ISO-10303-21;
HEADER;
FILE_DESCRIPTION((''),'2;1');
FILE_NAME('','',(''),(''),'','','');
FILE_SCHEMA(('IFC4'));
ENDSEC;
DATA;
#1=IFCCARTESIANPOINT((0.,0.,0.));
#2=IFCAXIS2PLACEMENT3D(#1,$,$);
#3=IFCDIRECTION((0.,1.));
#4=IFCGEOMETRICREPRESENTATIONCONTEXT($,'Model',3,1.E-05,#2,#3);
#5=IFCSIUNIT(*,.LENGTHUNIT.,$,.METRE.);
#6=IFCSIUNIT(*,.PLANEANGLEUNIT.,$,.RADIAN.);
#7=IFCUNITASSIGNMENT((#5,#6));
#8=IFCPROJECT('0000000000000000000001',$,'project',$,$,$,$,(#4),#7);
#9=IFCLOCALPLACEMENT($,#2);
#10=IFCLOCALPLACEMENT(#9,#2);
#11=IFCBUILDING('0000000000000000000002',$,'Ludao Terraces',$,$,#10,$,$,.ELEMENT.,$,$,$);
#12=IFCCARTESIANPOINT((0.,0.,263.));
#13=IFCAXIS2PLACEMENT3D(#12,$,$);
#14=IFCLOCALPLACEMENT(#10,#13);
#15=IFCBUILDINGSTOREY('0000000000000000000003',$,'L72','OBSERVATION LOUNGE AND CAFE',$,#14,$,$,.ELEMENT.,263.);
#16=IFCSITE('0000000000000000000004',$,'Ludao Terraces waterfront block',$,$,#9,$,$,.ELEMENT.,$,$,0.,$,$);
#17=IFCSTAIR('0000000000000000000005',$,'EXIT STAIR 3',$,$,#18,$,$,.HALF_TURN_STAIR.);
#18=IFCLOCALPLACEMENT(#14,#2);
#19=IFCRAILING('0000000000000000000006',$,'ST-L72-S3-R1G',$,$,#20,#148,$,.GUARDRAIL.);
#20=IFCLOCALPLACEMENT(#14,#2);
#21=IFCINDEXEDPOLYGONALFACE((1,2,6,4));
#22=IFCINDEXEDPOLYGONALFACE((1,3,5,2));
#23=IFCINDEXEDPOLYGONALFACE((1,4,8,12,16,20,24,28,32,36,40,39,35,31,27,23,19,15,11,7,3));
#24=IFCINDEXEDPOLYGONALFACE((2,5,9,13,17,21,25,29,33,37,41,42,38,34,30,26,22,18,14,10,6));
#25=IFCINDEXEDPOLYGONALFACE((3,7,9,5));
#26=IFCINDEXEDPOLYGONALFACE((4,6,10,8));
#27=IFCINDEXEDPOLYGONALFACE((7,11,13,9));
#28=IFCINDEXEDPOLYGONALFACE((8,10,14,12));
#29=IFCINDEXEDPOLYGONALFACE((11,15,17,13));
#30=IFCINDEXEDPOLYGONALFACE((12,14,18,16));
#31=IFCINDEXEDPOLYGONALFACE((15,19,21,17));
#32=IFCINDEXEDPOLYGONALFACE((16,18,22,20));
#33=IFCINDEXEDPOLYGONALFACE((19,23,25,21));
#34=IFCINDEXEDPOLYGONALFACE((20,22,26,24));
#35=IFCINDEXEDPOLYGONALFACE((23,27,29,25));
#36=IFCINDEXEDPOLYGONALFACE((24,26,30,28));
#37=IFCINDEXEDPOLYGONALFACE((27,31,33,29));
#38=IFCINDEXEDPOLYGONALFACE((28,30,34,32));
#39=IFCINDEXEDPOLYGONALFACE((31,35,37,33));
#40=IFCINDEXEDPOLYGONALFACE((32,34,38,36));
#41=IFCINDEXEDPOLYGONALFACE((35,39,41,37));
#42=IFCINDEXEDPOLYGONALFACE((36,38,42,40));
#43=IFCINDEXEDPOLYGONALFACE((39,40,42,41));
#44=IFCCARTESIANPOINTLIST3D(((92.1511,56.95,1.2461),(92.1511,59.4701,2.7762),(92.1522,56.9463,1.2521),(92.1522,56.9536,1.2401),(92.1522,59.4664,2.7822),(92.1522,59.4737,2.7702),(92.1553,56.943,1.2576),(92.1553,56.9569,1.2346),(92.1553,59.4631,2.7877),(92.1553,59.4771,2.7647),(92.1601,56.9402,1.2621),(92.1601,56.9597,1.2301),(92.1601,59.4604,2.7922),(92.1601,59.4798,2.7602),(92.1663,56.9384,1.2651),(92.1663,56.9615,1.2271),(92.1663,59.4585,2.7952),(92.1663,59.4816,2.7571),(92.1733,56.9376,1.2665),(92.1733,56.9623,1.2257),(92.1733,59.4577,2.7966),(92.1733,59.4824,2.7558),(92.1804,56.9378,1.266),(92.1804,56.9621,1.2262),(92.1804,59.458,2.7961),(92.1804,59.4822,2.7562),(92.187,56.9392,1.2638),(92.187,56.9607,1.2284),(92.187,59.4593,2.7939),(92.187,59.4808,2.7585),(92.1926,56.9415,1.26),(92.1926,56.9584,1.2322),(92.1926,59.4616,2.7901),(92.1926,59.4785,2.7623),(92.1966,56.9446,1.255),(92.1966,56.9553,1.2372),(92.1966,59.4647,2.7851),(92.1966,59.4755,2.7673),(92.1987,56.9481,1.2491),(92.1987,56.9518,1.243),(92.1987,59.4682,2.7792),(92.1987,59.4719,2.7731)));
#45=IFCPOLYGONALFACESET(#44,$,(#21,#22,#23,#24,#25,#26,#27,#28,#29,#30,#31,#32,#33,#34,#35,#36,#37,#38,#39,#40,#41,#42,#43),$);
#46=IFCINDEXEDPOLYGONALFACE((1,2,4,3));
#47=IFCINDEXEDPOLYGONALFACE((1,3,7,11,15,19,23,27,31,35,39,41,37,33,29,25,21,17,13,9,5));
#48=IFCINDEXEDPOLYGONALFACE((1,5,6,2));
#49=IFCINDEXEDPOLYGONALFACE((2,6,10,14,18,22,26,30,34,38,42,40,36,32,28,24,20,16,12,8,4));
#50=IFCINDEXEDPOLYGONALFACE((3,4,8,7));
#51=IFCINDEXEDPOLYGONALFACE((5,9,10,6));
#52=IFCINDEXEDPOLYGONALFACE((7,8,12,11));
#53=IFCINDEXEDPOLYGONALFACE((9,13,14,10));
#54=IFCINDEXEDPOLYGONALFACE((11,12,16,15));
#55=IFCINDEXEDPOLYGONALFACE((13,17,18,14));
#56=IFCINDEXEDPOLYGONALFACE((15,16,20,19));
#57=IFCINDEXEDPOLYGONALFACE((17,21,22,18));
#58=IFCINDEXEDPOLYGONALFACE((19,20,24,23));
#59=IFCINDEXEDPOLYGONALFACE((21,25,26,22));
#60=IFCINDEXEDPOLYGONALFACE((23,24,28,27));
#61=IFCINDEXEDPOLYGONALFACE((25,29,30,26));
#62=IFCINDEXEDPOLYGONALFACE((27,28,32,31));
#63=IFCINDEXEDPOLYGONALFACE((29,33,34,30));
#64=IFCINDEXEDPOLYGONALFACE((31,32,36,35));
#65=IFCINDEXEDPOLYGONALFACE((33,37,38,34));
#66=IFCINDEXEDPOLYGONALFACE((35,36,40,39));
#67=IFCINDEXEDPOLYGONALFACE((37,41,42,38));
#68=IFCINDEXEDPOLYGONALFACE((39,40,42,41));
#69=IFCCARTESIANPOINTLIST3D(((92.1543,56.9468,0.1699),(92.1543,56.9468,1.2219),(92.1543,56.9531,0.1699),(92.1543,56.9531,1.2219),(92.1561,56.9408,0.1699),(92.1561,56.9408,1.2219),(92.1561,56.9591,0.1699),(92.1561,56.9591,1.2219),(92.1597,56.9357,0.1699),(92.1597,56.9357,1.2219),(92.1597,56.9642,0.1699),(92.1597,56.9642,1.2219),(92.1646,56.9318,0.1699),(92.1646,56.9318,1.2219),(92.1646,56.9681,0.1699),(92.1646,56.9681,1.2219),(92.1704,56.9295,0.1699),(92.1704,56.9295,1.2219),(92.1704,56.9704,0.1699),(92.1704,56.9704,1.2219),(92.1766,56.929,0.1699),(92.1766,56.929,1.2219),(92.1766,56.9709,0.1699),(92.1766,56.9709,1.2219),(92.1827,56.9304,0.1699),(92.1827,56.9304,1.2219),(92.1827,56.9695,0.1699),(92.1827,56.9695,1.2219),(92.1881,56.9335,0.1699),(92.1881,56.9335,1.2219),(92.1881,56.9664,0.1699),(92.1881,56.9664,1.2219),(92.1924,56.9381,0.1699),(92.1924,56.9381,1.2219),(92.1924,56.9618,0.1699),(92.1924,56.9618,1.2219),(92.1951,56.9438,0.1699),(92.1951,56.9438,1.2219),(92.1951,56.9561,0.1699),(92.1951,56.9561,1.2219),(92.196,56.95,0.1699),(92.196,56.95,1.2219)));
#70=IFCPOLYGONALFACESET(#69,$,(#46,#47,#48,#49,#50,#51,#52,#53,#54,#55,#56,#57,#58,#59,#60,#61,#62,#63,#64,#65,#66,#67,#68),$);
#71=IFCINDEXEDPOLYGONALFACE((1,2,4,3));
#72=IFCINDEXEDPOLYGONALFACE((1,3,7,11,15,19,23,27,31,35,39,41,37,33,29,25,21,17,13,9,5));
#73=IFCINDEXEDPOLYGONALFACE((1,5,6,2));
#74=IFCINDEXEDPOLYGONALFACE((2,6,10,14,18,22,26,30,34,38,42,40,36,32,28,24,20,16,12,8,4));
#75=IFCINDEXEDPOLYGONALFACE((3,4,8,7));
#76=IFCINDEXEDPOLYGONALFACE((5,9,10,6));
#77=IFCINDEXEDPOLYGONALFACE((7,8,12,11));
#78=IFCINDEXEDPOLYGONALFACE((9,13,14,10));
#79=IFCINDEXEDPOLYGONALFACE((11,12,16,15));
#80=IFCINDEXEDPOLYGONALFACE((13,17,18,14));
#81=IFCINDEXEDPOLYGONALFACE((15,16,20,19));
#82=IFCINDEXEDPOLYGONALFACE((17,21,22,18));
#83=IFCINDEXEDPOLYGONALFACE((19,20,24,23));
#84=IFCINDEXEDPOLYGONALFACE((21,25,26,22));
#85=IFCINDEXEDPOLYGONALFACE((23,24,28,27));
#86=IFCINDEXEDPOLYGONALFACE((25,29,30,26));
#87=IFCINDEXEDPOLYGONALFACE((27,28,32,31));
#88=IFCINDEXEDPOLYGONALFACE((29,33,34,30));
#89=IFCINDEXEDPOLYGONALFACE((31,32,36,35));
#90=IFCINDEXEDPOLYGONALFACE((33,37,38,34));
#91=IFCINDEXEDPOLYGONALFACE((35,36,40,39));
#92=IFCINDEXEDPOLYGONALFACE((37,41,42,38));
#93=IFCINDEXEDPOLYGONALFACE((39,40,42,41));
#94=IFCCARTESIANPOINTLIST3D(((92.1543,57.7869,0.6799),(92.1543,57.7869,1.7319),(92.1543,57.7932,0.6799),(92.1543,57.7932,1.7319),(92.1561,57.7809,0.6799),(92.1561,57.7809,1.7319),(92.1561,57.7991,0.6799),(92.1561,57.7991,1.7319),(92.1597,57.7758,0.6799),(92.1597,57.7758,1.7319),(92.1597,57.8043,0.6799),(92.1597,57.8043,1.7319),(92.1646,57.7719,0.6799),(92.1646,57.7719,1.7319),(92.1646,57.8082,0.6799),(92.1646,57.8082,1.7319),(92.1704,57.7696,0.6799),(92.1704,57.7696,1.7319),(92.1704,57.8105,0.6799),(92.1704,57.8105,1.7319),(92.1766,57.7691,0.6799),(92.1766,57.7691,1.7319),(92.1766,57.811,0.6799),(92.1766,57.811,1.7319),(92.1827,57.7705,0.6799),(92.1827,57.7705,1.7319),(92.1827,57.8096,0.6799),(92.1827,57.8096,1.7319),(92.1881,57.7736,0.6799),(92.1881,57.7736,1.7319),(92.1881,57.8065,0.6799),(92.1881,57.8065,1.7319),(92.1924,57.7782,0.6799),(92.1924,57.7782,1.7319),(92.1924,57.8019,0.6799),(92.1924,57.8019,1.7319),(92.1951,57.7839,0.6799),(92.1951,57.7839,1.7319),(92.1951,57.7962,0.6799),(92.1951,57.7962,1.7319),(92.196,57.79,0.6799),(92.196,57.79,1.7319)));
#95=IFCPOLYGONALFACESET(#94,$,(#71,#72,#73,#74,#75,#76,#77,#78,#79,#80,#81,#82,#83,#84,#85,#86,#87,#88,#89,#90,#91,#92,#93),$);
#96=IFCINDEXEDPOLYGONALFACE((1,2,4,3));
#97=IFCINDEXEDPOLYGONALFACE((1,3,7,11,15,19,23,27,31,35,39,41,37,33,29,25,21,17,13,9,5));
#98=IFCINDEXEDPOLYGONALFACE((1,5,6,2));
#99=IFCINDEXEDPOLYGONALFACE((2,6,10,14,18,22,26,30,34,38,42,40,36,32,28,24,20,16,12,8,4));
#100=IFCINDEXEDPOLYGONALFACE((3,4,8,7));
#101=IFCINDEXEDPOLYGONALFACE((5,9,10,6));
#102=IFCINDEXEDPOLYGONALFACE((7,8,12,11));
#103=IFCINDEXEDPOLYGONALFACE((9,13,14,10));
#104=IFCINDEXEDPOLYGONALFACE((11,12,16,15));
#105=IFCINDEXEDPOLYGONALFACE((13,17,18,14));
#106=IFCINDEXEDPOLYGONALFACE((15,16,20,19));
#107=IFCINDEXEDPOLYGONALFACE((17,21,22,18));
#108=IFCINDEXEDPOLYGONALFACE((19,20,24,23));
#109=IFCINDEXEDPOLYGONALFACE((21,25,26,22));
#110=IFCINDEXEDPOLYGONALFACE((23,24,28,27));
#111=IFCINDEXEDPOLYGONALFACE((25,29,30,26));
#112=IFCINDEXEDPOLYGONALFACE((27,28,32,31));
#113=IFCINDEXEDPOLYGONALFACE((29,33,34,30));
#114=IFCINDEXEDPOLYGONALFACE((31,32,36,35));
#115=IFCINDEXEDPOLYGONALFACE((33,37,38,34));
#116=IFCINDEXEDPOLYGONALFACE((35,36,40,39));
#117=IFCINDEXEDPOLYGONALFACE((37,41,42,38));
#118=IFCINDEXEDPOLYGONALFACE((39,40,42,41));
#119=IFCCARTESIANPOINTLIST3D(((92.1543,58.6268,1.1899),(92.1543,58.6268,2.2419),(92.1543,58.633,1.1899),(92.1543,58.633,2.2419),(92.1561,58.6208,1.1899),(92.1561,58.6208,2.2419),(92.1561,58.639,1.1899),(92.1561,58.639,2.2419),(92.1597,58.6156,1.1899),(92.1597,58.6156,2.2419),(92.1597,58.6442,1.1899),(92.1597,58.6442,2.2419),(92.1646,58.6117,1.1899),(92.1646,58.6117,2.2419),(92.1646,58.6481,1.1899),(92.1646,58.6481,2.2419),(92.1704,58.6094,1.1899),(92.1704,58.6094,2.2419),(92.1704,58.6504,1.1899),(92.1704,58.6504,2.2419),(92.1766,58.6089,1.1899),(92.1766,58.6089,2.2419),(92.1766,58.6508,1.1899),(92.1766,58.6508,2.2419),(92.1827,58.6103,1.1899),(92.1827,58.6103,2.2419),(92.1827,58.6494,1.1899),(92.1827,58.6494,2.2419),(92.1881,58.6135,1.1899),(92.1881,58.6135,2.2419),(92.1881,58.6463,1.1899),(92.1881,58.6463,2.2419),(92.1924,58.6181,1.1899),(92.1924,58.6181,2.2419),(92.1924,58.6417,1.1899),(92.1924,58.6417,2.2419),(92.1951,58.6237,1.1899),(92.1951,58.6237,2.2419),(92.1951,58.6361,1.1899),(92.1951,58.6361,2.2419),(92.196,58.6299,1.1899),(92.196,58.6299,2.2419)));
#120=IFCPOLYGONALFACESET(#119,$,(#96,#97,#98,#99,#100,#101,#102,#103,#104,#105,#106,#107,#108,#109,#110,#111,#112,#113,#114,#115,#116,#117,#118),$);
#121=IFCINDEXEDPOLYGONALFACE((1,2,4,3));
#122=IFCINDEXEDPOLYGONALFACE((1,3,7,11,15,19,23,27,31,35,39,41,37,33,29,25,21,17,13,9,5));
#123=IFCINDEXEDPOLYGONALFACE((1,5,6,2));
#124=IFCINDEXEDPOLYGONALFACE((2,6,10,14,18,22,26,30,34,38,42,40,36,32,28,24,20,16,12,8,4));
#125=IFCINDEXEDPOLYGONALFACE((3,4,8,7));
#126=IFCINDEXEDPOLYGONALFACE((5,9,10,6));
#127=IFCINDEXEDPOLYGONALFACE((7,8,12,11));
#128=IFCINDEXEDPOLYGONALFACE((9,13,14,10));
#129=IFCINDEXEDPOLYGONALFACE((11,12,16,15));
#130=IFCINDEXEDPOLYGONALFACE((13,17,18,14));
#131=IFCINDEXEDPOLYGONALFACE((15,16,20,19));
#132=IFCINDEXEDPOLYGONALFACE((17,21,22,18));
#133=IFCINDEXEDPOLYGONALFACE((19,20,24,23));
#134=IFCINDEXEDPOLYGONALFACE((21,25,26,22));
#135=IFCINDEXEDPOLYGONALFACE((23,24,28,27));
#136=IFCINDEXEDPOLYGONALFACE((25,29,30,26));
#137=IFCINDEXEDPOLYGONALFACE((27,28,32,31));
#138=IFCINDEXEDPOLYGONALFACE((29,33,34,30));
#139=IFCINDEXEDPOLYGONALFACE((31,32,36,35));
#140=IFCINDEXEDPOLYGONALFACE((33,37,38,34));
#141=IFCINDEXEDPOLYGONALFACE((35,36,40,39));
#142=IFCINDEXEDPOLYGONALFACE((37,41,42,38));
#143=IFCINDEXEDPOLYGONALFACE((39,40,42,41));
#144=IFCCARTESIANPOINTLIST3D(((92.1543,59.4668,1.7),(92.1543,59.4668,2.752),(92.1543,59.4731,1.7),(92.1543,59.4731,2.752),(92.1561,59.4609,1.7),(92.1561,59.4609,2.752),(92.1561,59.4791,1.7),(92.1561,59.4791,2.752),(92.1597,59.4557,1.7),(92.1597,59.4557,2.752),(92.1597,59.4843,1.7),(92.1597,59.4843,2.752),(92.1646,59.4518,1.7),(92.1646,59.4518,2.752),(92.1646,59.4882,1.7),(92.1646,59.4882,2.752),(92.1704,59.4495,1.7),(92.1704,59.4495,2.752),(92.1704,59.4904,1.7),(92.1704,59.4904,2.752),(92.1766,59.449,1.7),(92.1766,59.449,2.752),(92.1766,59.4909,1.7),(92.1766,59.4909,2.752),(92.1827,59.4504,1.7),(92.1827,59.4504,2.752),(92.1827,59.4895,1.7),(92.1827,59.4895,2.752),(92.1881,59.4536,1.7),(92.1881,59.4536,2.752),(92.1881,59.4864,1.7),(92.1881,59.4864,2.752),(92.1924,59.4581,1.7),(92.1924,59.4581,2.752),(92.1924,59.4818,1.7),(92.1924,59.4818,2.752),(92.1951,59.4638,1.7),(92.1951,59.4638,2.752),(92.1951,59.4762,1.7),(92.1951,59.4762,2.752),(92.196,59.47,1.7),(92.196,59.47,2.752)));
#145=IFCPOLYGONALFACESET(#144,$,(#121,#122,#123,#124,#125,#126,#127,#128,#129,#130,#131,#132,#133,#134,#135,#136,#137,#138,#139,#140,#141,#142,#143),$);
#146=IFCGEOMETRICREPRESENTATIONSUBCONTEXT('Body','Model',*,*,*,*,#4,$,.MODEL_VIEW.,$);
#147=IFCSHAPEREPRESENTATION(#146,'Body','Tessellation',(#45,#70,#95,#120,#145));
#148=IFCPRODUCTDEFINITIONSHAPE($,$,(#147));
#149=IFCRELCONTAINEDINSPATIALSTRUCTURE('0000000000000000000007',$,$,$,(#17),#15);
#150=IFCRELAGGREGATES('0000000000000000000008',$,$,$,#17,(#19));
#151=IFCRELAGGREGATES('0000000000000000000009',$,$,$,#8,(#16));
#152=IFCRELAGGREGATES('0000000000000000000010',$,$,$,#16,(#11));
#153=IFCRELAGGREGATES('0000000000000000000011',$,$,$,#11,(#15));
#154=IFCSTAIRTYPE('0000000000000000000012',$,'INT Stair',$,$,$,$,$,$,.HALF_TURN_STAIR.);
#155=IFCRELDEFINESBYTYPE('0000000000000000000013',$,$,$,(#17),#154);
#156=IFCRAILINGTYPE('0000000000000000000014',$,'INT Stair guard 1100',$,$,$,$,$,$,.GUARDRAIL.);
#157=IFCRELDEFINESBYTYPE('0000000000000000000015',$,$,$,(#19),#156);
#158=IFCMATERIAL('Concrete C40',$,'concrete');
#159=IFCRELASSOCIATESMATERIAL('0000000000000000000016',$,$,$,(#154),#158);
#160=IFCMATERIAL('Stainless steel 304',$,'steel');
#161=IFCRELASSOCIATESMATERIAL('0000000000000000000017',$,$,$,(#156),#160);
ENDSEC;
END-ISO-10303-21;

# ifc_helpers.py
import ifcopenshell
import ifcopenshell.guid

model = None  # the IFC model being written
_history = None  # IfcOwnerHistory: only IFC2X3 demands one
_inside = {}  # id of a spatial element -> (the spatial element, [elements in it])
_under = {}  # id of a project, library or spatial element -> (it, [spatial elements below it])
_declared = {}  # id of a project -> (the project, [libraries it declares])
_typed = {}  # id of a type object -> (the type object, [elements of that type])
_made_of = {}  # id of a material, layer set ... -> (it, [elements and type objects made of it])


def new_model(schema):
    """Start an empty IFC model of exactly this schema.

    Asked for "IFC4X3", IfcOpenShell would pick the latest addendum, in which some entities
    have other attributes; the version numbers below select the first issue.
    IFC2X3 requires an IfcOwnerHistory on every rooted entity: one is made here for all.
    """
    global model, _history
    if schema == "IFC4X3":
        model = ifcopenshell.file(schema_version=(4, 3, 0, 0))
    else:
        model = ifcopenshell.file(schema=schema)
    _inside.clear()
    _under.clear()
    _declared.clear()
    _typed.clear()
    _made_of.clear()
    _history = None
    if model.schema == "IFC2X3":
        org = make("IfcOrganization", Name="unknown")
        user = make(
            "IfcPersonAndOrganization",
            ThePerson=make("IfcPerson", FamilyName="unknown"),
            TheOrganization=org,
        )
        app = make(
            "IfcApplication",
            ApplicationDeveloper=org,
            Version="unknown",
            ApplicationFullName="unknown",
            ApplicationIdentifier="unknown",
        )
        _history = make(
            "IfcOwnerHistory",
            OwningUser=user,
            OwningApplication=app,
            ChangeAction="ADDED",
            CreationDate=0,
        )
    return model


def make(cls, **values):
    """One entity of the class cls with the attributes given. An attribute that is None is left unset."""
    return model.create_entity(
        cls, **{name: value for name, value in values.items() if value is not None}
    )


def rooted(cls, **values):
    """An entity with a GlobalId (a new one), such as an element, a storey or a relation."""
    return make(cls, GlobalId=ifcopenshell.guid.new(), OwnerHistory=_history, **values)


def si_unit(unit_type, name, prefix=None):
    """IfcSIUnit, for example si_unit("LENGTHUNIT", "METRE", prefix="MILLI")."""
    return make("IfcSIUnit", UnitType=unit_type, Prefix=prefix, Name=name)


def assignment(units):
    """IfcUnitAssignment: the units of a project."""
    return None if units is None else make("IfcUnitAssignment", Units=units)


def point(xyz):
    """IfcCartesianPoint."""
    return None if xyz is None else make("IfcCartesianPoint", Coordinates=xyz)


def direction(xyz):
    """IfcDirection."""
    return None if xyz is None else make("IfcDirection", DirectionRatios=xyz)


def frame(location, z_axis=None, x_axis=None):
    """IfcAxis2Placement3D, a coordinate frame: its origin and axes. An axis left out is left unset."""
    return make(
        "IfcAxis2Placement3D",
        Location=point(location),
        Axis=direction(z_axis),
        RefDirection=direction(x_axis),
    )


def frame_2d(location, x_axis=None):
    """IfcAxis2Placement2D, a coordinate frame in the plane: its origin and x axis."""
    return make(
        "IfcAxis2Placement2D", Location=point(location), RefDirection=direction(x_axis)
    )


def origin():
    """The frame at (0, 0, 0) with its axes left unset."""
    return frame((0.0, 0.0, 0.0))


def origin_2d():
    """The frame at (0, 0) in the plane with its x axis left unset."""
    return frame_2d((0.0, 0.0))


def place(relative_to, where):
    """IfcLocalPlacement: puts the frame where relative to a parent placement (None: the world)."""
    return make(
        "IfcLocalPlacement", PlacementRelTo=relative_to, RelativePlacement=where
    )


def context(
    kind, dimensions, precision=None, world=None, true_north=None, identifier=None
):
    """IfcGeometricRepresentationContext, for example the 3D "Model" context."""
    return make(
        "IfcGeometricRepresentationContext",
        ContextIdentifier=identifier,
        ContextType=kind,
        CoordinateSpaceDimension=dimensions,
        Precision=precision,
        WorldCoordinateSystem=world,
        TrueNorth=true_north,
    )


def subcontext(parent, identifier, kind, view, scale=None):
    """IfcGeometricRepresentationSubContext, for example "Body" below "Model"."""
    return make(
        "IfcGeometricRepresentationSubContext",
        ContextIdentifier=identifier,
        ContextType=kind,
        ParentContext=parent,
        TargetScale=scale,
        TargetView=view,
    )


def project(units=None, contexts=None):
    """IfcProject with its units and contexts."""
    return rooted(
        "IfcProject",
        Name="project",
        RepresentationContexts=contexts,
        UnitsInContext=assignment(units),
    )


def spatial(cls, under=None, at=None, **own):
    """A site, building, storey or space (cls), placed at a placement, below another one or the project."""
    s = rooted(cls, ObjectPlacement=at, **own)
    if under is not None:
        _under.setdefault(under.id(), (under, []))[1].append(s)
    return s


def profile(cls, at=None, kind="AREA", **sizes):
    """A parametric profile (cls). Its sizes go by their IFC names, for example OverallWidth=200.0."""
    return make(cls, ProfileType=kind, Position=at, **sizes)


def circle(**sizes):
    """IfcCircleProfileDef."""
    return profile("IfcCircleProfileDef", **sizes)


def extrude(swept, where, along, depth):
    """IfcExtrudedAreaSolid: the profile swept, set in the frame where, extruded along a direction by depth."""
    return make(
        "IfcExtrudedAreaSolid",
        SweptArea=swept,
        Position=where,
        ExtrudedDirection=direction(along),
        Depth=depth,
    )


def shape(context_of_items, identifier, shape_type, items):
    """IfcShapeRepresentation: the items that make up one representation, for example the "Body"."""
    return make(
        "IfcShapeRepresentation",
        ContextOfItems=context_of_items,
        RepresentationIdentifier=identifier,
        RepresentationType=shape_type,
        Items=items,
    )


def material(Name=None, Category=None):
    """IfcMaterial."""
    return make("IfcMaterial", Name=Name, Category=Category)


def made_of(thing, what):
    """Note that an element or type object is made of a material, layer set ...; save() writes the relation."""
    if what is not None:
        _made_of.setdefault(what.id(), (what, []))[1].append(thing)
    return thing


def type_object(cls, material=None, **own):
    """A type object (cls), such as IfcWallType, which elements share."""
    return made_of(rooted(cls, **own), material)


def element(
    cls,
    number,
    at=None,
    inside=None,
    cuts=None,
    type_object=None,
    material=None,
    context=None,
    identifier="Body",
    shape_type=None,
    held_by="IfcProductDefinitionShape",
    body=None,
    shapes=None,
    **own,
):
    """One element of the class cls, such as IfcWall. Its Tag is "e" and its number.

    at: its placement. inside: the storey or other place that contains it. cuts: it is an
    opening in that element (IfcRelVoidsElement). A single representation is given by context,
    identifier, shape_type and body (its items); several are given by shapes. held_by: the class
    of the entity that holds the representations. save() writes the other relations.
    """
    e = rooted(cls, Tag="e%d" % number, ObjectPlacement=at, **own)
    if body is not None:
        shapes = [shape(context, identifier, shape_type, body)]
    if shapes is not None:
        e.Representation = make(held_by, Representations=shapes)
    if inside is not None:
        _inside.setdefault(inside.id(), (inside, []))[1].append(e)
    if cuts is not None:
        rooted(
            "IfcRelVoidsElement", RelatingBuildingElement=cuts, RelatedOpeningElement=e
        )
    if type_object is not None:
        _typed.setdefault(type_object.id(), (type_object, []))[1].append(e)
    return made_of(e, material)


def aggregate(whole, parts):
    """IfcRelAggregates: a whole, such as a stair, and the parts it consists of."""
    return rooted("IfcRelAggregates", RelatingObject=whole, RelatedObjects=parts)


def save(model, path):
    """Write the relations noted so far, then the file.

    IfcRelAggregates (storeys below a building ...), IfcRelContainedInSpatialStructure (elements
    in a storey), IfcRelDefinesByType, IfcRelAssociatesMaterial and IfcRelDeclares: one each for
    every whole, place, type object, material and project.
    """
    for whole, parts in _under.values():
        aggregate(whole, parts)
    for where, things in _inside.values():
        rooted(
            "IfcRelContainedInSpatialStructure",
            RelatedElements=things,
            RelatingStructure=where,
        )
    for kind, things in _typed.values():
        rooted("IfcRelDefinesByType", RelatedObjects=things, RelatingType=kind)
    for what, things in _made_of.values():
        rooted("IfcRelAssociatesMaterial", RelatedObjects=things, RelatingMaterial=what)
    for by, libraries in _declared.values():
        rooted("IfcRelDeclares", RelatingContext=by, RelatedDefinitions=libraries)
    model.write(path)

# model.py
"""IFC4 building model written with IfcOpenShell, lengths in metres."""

from ifc_helpers import new_model, si_unit, direction, frame, origin, origin_2d, place, context, subcontext, project, spatial, circle, extrude, material, type_object, element, aggregate, save


model = new_model("IFC4")

# Units and contexts
model_context = context("Model", 3, precision=1e-05, world=origin(), true_north=direction((0.0, 1.0)))
body_context = subcontext(model_context, "Body", "Model", "MODEL_VIEW")
ifc_project = project(units=[si_unit("LENGTHUNIT", "METRE"), si_unit("PLANEANGLEUNIT", "RADIAN")], contexts=[model_context])

# Site, building, storey
site_placement = place(None, origin())
site = spatial("IfcSite", under=ifc_project, at=site_placement, Name="Ludao Terraces waterfront block", CompositionType="ELEMENT", RefElevation=0.0)
building_placement = place(site_placement, origin())
building = spatial("IfcBuilding", under=site, at=building_placement, Name="Ludao Terraces", CompositionType="ELEMENT")
storey_placement = place(building_placement, frame((0.0, 0.0, 263.0)))
storey = spatial("IfcBuildingStorey", under=building, at=storey_placement, Name="L72", Description="OBSERVATION LOUNGE AND CAFE", CompositionType="ELEMENT", Elevation=263.0)

# Shared definitions
ifc_material_1 = material(Name="Concrete C40", Category="concrete")

# Stair, railing
stair_type = type_object("IfcStairType", Name="INT Stair", PredefinedType="HALF_TURN_STAIR", material=ifc_material_1)
stair_placement = place(storey_placement, origin())
stair = element("IfcStair", 1, at=stair_placement, inside=storey, type_object=stair_type, Name="EXIT STAIR 3", PredefinedType="HALF_TURN_STAIR")
ifc_material_2 = material(Name="Stainless steel 304", Category="steel")
railing_type_1 = type_object("IfcRailingType", Name="INT Stair guard 1100", PredefinedType="GUARDRAIL", material=ifc_material_2)
railing_1_placement = place(storey_placement, frame((92.175, 56.95, 0.1699)))
railing_1 = element("IfcRailing", 2, at=railing_1_placement, type_object=railing_type_1, Name="ST-L72-S3-R1G", PredefinedType="GUARDRAIL", context=body_context, shape_type="SweptSolid", body=[
    extrude(circle(Radius=0.0239, at=origin_2d()), frame((0.0, 0.0, 1.0762), z_axis=(0.0, 0.854785, 0.518982), x_axis=(-1.0, 0.0, 0.0)), (0.0, 0.0, 1.0), 2.9482),
    extrude(circle(Radius=0.021, at=origin_2d()), origin(), (0.0, 0.0, 1.0), 1.052),
    extrude(circle(Radius=0.021, at=origin_2d()), frame((0.0, 0.8401, 0.51)), (0.0, 0.0, 1.0), 1.052),
    extrude(circle(Radius=0.021, at=origin_2d()), frame((0.0, 1.6799, 1.02)), (0.0, 0.0, 1.0), 1.052),
    extrude(circle(Radius=0.021, at=origin_2d()), frame((0.0, 2.52, 1.53)), (0.0, 0.0, 1.0), 1.052),
])
aggregate(stair, [railing_1])

save(model, "model.ifc")
